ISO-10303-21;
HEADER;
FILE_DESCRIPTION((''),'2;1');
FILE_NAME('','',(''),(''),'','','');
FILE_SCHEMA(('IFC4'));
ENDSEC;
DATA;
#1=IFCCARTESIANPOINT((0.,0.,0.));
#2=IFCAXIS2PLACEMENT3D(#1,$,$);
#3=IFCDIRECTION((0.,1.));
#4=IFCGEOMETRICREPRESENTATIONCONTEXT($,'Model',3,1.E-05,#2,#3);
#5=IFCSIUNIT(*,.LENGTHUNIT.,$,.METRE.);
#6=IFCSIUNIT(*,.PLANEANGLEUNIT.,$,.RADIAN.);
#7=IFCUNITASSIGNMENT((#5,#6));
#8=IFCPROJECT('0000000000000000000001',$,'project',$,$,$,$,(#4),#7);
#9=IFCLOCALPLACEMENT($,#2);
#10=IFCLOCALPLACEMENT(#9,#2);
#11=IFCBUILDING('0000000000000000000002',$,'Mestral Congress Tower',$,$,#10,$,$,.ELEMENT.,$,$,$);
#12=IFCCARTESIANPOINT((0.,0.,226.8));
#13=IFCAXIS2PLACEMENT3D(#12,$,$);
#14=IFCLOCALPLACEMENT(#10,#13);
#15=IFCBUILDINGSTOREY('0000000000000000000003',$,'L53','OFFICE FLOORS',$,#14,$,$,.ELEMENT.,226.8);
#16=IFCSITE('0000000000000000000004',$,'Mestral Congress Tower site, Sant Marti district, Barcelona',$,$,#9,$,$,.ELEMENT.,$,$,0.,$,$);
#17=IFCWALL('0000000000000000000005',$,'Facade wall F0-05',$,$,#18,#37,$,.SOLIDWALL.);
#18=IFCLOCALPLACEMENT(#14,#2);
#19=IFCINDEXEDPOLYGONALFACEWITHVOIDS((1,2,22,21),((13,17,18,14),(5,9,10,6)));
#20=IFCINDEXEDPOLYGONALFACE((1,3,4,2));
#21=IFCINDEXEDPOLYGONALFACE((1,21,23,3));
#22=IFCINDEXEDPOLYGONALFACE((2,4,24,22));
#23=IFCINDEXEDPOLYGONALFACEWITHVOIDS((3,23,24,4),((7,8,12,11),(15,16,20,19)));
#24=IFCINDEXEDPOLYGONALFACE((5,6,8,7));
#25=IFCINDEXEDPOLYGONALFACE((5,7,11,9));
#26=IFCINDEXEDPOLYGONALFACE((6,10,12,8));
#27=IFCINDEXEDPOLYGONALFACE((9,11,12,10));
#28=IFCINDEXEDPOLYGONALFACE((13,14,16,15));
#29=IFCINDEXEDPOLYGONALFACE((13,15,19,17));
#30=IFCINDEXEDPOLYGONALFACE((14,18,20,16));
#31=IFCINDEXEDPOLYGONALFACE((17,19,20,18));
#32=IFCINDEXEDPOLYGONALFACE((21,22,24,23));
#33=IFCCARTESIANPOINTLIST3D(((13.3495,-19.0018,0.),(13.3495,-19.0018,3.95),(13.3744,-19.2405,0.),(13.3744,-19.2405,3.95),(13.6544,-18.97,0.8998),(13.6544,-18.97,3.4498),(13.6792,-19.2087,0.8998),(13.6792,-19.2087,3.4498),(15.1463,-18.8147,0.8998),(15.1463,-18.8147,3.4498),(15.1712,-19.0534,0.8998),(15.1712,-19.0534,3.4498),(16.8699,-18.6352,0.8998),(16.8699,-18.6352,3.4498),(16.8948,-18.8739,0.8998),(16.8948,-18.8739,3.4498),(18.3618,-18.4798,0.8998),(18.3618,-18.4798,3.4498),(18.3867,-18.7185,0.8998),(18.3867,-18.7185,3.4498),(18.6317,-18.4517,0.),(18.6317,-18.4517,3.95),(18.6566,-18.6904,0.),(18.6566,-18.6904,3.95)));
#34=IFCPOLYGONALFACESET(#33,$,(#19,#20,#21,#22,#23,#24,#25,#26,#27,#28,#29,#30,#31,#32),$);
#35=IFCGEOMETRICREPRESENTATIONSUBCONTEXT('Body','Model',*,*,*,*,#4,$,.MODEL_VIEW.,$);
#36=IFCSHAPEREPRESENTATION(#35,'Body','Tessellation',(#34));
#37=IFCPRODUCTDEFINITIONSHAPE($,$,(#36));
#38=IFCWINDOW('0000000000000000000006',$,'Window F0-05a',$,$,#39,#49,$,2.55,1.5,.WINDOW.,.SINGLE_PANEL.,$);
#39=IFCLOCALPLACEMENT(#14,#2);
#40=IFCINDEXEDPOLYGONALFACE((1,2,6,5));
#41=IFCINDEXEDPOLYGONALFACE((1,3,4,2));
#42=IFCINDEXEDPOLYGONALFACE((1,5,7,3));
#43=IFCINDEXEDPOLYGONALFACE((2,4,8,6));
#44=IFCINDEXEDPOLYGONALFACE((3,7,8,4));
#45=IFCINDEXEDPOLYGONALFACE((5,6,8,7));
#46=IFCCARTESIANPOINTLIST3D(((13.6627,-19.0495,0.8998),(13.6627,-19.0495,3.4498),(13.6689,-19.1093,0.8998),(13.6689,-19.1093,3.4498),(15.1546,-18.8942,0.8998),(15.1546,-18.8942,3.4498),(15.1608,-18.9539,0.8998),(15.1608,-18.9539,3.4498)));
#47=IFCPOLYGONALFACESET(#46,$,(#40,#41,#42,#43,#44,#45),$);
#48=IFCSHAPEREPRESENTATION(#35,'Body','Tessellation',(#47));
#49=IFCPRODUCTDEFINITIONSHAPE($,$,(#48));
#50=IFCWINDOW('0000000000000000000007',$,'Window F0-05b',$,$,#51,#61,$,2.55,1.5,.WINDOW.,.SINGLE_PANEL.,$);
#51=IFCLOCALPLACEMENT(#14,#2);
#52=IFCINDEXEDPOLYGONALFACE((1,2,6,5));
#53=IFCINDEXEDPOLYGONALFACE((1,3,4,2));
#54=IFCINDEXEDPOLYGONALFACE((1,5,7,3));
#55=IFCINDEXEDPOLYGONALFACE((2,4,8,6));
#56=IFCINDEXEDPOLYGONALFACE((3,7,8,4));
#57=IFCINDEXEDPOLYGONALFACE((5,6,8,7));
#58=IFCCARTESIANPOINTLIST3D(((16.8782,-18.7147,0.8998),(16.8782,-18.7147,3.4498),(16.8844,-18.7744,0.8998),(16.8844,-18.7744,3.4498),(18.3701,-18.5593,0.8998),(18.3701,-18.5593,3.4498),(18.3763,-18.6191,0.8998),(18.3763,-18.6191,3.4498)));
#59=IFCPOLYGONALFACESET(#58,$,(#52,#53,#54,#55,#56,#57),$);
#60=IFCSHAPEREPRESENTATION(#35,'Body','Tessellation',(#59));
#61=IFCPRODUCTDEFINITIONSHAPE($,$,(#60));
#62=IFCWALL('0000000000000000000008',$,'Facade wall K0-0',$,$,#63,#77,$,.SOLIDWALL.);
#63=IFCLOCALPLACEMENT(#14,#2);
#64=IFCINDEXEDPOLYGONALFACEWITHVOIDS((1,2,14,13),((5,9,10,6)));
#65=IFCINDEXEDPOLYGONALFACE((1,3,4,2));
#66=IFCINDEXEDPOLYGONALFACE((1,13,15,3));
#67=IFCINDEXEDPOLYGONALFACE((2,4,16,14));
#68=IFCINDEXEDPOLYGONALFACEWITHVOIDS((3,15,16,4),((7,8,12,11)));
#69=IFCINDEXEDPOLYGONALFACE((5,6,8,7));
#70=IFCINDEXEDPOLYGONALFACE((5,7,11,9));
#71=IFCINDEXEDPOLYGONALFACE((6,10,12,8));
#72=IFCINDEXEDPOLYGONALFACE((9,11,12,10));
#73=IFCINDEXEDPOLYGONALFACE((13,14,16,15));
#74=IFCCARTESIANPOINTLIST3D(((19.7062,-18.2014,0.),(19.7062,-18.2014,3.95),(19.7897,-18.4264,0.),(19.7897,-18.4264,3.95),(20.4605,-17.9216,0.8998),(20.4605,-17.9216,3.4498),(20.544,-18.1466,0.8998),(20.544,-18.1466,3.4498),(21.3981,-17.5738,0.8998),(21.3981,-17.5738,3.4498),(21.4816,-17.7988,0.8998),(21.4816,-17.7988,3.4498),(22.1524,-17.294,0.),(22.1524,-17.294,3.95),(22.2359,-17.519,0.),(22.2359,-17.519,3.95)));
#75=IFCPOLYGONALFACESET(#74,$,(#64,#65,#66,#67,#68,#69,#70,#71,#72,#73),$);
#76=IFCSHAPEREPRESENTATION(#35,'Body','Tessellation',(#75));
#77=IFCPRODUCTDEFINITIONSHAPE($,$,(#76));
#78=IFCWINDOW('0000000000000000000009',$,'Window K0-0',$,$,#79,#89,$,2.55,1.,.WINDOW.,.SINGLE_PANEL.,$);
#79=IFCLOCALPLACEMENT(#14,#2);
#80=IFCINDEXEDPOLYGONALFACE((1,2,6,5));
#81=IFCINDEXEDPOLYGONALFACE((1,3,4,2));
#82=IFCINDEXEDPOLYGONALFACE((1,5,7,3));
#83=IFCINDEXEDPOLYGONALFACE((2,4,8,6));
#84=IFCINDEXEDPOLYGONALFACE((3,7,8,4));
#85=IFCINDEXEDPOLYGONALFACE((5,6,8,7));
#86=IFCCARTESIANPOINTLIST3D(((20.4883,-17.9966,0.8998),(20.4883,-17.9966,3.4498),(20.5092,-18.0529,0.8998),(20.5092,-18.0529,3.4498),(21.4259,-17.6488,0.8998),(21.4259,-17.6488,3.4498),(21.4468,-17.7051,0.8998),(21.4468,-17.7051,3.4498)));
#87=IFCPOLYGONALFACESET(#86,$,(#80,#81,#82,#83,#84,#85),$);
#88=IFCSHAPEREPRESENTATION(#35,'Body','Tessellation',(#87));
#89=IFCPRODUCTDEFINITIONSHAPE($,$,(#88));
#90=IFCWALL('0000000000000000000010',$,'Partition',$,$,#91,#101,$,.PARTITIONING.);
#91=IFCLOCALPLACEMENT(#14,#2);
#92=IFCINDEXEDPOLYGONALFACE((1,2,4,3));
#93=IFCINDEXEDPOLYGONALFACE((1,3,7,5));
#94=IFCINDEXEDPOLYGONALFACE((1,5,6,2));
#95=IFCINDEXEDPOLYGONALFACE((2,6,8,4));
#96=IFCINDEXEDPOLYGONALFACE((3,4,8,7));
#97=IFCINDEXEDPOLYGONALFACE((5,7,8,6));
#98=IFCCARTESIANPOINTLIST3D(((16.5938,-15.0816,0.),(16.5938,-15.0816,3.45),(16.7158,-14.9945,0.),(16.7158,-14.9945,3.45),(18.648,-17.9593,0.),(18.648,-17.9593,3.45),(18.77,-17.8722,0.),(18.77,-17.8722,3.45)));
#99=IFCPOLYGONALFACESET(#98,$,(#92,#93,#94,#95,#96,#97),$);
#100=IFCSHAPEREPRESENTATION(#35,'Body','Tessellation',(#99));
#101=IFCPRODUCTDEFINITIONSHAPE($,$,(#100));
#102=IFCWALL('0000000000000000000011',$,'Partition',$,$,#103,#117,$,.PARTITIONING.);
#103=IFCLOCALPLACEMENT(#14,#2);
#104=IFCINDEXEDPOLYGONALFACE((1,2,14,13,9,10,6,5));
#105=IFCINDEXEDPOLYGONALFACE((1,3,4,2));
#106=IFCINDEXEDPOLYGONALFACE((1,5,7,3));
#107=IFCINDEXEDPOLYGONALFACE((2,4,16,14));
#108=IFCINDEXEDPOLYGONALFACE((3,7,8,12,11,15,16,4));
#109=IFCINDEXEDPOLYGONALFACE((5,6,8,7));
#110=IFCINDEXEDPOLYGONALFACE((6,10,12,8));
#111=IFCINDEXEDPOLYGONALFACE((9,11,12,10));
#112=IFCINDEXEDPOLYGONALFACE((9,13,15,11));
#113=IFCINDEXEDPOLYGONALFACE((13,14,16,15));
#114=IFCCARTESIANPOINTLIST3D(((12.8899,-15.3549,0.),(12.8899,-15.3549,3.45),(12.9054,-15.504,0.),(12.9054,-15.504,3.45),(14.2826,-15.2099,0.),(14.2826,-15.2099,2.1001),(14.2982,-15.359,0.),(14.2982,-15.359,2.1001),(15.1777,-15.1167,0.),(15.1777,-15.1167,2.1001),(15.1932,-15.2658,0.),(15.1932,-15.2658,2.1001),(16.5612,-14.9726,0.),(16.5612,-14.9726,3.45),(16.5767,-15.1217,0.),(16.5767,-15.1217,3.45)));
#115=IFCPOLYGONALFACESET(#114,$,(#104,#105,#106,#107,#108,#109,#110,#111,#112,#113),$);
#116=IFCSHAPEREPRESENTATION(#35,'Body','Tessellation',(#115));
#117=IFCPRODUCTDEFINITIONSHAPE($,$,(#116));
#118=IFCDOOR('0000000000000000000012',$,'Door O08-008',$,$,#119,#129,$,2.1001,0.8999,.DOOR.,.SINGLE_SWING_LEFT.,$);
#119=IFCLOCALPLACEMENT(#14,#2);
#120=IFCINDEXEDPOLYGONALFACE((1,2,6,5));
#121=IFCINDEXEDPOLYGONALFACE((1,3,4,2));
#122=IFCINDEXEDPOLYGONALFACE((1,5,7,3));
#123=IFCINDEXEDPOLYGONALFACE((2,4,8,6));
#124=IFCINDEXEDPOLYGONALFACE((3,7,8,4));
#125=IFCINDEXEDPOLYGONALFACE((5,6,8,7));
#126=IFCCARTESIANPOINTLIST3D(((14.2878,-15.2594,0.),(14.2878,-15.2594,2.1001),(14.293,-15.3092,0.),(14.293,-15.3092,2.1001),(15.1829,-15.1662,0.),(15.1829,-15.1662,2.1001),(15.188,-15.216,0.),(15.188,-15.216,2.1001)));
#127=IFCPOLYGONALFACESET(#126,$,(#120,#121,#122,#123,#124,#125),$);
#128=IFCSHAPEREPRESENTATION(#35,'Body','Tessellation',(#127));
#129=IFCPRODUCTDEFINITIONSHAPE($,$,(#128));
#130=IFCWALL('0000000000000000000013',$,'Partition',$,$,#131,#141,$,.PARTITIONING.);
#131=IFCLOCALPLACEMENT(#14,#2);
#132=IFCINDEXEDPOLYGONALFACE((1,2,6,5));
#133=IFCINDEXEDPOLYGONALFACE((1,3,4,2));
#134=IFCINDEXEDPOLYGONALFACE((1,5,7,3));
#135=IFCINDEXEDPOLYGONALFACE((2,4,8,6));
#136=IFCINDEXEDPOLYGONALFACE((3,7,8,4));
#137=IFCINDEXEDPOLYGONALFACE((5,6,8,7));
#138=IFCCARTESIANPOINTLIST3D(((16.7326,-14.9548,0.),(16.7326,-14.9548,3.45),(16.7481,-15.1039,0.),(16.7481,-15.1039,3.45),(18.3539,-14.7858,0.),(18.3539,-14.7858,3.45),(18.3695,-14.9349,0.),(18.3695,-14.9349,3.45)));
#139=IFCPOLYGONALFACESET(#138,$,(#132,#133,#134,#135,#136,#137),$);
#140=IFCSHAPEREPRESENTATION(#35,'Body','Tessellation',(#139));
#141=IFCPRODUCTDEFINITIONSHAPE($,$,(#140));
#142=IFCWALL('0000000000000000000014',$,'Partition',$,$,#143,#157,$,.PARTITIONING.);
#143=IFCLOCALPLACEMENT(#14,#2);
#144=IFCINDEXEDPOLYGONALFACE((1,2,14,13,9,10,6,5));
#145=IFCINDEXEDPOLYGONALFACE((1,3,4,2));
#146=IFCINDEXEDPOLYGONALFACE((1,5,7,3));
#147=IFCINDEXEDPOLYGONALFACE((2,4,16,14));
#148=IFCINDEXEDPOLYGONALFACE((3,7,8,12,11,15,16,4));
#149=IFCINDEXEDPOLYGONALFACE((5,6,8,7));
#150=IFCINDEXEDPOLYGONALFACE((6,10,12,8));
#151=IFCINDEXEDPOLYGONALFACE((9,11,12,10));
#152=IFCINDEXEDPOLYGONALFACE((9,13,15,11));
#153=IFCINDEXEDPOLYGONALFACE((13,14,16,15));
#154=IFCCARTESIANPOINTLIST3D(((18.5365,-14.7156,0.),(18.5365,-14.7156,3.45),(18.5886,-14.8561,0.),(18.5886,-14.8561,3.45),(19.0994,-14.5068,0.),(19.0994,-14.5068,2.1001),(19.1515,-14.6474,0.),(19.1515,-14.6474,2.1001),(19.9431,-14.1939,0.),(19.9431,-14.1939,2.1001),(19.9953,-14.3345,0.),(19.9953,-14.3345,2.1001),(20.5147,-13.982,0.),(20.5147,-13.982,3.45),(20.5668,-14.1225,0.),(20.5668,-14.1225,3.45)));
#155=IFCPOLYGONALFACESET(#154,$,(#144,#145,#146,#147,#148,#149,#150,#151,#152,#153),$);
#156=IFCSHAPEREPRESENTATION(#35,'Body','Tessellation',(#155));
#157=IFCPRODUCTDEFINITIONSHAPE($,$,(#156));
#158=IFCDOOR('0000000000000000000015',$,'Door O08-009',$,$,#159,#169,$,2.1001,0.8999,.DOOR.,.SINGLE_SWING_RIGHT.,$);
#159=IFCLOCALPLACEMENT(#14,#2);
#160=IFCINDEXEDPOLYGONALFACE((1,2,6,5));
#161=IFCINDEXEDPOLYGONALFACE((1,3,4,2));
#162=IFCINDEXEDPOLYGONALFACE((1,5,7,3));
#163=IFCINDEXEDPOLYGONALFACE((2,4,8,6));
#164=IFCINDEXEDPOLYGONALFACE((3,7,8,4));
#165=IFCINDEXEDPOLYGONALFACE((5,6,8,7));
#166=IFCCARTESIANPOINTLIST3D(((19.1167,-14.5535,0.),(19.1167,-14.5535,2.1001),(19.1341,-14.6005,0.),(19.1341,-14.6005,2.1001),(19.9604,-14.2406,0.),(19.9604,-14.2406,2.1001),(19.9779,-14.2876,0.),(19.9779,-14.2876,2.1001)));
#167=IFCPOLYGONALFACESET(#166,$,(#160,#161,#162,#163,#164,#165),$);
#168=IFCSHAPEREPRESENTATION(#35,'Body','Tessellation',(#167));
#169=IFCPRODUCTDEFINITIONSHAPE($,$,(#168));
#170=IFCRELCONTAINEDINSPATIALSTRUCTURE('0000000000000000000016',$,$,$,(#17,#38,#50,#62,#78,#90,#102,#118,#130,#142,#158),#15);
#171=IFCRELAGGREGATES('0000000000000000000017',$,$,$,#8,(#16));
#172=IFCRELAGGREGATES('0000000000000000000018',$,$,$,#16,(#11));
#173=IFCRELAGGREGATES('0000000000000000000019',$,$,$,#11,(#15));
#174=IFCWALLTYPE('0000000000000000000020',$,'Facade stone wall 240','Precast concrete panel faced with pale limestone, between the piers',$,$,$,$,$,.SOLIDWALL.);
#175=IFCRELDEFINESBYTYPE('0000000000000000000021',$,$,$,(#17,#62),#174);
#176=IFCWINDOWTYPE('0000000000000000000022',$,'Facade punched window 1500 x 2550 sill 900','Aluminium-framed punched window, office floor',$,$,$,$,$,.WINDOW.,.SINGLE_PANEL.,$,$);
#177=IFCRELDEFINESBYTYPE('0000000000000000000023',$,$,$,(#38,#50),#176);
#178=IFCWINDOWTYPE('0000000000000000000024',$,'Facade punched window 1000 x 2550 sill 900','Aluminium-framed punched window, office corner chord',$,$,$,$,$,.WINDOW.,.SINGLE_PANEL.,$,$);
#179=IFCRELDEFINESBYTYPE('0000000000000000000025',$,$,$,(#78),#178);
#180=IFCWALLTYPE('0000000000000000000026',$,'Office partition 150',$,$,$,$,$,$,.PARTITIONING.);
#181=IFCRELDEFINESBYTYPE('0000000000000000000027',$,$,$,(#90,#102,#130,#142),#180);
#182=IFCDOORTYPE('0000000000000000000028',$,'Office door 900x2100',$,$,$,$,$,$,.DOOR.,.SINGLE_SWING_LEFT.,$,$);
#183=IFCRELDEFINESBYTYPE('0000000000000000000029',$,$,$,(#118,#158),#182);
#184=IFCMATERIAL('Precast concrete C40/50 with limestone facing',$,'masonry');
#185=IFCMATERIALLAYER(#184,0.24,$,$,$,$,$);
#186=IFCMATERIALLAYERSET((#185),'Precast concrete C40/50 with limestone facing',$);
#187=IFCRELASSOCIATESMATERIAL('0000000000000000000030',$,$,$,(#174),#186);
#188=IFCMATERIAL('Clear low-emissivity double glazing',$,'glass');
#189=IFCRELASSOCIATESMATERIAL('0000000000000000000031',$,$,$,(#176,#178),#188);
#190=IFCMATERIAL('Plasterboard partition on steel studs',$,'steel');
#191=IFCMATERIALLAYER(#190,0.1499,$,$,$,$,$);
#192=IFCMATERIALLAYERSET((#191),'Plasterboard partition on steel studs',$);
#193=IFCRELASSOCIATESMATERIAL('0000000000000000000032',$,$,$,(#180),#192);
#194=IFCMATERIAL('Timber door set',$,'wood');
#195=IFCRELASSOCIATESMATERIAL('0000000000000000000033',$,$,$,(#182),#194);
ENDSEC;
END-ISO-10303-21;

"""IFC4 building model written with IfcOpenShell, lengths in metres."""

from ifc_helpers import new_model, si_unit, direction, frame, frame_2d, origin, place, context, subcontext, project, spatial, rectangle, extrude, material, layer, layer_set, type_object, element, fill, save


model = new_model("IFC4")

# Units and contexts
model_context = context("Model", 3, precision=1e-05, world=origin(), true_north=direction((0.0, 1.0)))
body_context = subcontext(model_context, "Body", "Model", "MODEL_VIEW")
ifc_project = project(units=[si_unit("LENGTHUNIT", "METRE"), si_unit("PLANEANGLEUNIT", "RADIAN")], contexts=[model_context])

# Site, building, storey
site_placement = place(None, origin())
site = spatial("IfcSite", under=ifc_project, at=site_placement, Name="Mestral Congress Tower site, Sant Marti district, Barcelona", CompositionType="ELEMENT", RefElevation=0.0)
building_placement = place(site_placement, origin())
building = spatial("IfcBuilding", under=site, at=building_placement, Name="Mestral Congress Tower", CompositionType="ELEMENT")
storey_placement = place(building_placement, frame((0.0, 0.0, 226.8)))
storey = spatial("IfcBuildingStorey", under=building, at=storey_placement, Name="L53", Description="OFFICE FLOORS", CompositionType="ELEMENT", Elevation=226.8)

# Wall, openings, windows
ifc_material_1 = material(Name="Precast concrete C40/50 with limestone facing", Category="masonry")
ifc_layer_1 = layer(ifc_material_1, 0.24)
ifc_layer_set_1 = layer_set([ifc_layer_1], Name="Precast concrete C40/50 with limestone facing")
wall_type_1 = type_object("IfcWallType", Name="Facade stone wall 240", Description="Precast concrete panel faced with pale limestone, between the piers", PredefinedType="SOLIDWALL", material=ifc_layer_set_1)
wall_1_placement = place(storey_placement, frame((13.3621, -19.1211, 0.0), z_axis=(0.0, 0.0, 1.0), x_axis=(0.994622, 0.103572, 0.0)))
wall_1 = element("IfcWall", 1, at=wall_1_placement, inside=storey, type_object=wall_type_1, Name="Facade wall F0-05", PredefinedType="SOLIDWALL", context=body_context, shape_type="SweptSolid", body=[
    extrude(rectangle(XDim=5.3108, YDim=0.24, at=frame_2d((2.6553, 0.0))), origin(), (0.0, 0.0, 1.0), 3.95),
])
opening_1_placement = place(wall_1_placement, frame((0.3064, 0.0, 0.8999)))
opening_1 = element("IfcOpeningElement", 2, at=opening_1_placement, cuts=wall_1, PredefinedType="OPENING", context=body_context, shape_type="SweptSolid", body=[
    extrude(rectangle(XDim=1.5, YDim=2.55, at=frame_2d((0.75, 1.2749))), frame((0.0, 0.1299, 0.0), z_axis=(0.0, -1.0, 0.0), x_axis=(1.0, 0.0, 0.0)), (0.0, 0.0, 1.0), 0.26),
])
opening_2_placement = place(wall_1_placement, frame((3.5393, 0.0, 0.8999)))
opening_2 = element("IfcOpeningElement", 3, at=opening_2_placement, cuts=wall_1, PredefinedType="OPENING", context=body_context, shape_type="SweptSolid", body=[
    extrude(rectangle(XDim=1.5, YDim=2.55, at=frame_2d((0.75, 1.2749))), frame((0.0, 0.1299, 0.0), z_axis=(0.0, -1.0, 0.0), x_axis=(1.0, 0.0, 0.0)), (0.0, 0.0, 1.0), 0.26),
])
ifc_material_2 = material(Name="Clear low-emissivity double glazing", Category="glass")
window_type_1 = type_object("IfcWindowType", Name="Facade punched window 1500 x 2550 sill 900", Description="Aluminium-framed punched window, office floor", PartitioningType="SINGLE_PANEL", PredefinedType="WINDOW", material=ifc_material_2)
window_1_placement = place(opening_1_placement, origin())
window_1 = element("IfcWindow", 4, at=window_1_placement, inside=storey, type_object=window_type_1, Name="Window F0-05a", OverallHeight=2.55, OverallWidth=1.5, PartitioningType="SINGLE_PANEL", PredefinedType="WINDOW", context=body_context, shape_type="SweptSolid", body=[
    extrude(rectangle(XDim=1.5, YDim=2.55, at=frame_2d((0.75, 1.2749))), frame((0.0, 0.04, 0.0), z_axis=(0.0, -1.0, 0.0), x_axis=(1.0, 0.0, 0.0)), (0.0, 0.0, 1.0), 0.0601),
])
fill(opening_1, window_1)
window_2_placement = place(opening_2_placement, origin())
window_2 = element("IfcWindow", 5, at=window_2_placement, inside=storey, type_object=window_type_1, Name="Window F0-05b", OverallHeight=2.55, OverallWidth=1.5, PartitioningType="SINGLE_PANEL", PredefinedType="WINDOW", context=body_context, shape_type="SweptSolid", body=[
    extrude(rectangle(XDim=1.5, YDim=2.55, at=frame_2d((0.75, 1.2749))), frame((0.0, 0.04, 0.0), z_axis=(0.0, -1.0, 0.0), x_axis=(1.0, 0.0, 0.0)), (0.0, 0.0, 1.0), 0.0601),
])
fill(opening_2, window_2)

# Wall, opening, window
wall_2_placement = place(storey_placement, frame((19.7478, -18.314, 0.0), z_axis=(0.0, 0.0, 1.0), x_axis=(0.937569, 0.347799, 0.0)))
wall_2 = element("IfcWall", 6, at=wall_2_placement, inside=storey, type_object=wall_type_1, Name="Facade wall K0-0", PredefinedType="SOLIDWALL", context=body_context, shape_type="SweptSolid", body=[
    extrude(rectangle(XDim=2.6091, YDim=0.24, at=frame_2d((1.3047, 0.0))), origin(), (0.0, 0.0, 1.0), 3.95),
])
opening_3_placement = place(wall_2_placement, frame((0.8047, 0.0, 0.8999)))
opening_3 = element("IfcOpeningElement", 7, at=opening_3_placement, cuts=wall_2, PredefinedType="OPENING", context=body_context, shape_type="SweptSolid", body=[
    extrude(rectangle(XDim=1.0, YDim=2.55, at=frame_2d((0.5, 1.2749))), frame((0.0, 0.1299, 0.0), z_axis=(0.0, -1.0, 0.0), x_axis=(1.0, 0.0, 0.0)), (0.0, 0.0, 1.0), 0.26),
])
window_type_2 = type_object("IfcWindowType", Name="Facade punched window 1000 x 2550 sill 900", Description="Aluminium-framed punched window, office corner chord", PartitioningType="SINGLE_PANEL", PredefinedType="WINDOW", material=ifc_material_2)
window_3_placement = place(opening_3_placement, origin())
window_3 = element("IfcWindow", 8, at=window_3_placement, inside=storey, type_object=window_type_2, Name="Window K0-0", OverallHeight=2.55, OverallWidth=1.0, PartitioningType="SINGLE_PANEL", PredefinedType="WINDOW", context=body_context, shape_type="SweptSolid", body=[
    extrude(rectangle(XDim=1.0, YDim=2.55, at=frame_2d((0.5, 1.2749))), frame((0.0, 0.04, 0.0), z_axis=(0.0, -1.0, 0.0), x_axis=(1.0, 0.0, 0.0)), (0.0, 0.0, 1.0), 0.0601),
])
fill(opening_3, window_3)

# Wall
ifc_material_3 = material(Name="Plasterboard partition on steel studs", Category="steel")
ifc_layer_2 = layer(ifc_material_3, 0.1499)
ifc_layer_set_2 = layer_set([ifc_layer_2], Name="Plasterboard partition on steel studs")
wall_type_2 = type_object("IfcWallType", Name="Office partition 150", PredefinedType="PARTITIONING", material=ifc_layer_set_2)
wall_3_placement = place(storey_placement, frame((16.6548, -15.0381, 0.0), z_axis=(0.0, 0.0, 1.0), x_axis=(0.580996, -0.813906, 0.0)))
element("IfcWall", 9, at=wall_3_placement, inside=storey, type_object=wall_type_2, Name="Partition", PredefinedType="PARTITIONING", context=body_context, shape_type="SweptSolid", body=[
    extrude(rectangle(XDim=3.5356, YDim=0.1499, at=frame_2d((1.7678, 0.0))), origin(), (0.0, 0.0, 1.0), 3.45),
])

# Wall, opening, door
wall_4_placement = place(storey_placement, frame((16.5691, -15.0471, 0.0), z_axis=(0.0, 0.0, 1.0), x_axis=(-0.994622, -0.103576, 0.0)))
wall_4 = element("IfcWall", 10, at=wall_4_placement, inside=storey, type_object=wall_type_2, Name="Partition", PredefinedType="PARTITIONING", context=body_context, shape_type="SweptSolid", body=[
    extrude(rectangle(XDim=3.6912, YDim=0.1499, at=frame_2d((1.8457, 0.0))), origin(), (0.0, 0.0, 1.0), 3.45),
])
opening_4_placement = place(wall_4_placement, frame((1.3911, 0.0, 0.0)))
opening_4 = element("IfcOpeningElement", 11, at=opening_4_placement, cuts=wall_4, PredefinedType="OPENING", context=body_context, shape_type="SweptSolid", body=[
    extrude(rectangle(XDim=0.8999, YDim=2.1001, at=frame_2d((0.45, 1.05))), frame((0.0, 0.085, 0.0), z_axis=(0.0, -1.0, 0.0), x_axis=(1.0, 0.0, 0.0)), (0.0, 0.0, 1.0), 0.1699),
])
ifc_material_4 = material(Name="Timber door set", Category="wood")
door_type = type_object("IfcDoorType", Name="Office door 900x2100", OperationType="SINGLE_SWING_LEFT", PredefinedType="DOOR", material=ifc_material_4)
door_1_placement = place(opening_4_placement, origin())
door_1 = element("IfcDoor", 12, at=door_1_placement, inside=storey, type_object=door_type, Name="Door O08-008", OperationType="SINGLE_SWING_LEFT", OverallHeight=2.1001, OverallWidth=0.8999, PredefinedType="DOOR", context=body_context, shape_type="SweptSolid", body=[
    extrude(rectangle(XDim=0.8999, YDim=2.1001, at=frame_2d((0.45, 1.05))), frame((0.0, 0.0249, 0.0), z_axis=(0.0, -1.0, 0.0), x_axis=(1.0, 0.0, 0.0)), (0.0, 0.0, 1.0), 0.05),
])
fill(opening_4, door_1)

# Wall
wall_5_placement = place(storey_placement, frame((16.7405, -15.0293, 0.0), z_axis=(0.0, 0.0, 1.0), x_axis=(0.994615, 0.10364, 0.0)))
element("IfcWall", 13, at=wall_5_placement, inside=storey, type_object=wall_type_2, Name="Partition", PredefinedType="PARTITIONING", context=body_context, shape_type="SweptSolid", body=[
    extrude(rectangle(XDim=1.6301, YDim=0.1499, at=frame_2d((0.8149, 0.0))), origin(), (0.0, 0.0, 1.0), 3.45),
])

# Wall, opening, door
wall_6_placement = place(storey_placement, frame((20.5408, -14.0522, 0.0), z_axis=(0.0, 0.0, 1.0), x_axis=(-0.937602, -0.34771, 0.0)))
wall_6 = element("IfcWall", 14, at=wall_6_placement, inside=storey, type_object=wall_type_2, Name="Partition", PredefinedType="PARTITIONING", context=body_context, shape_type="SweptSolid", body=[
    extrude(rectangle(XDim=2.1099, YDim=0.1499, at=frame_2d((1.0549, 0.0))), origin(), (0.0, 0.0, 1.0), 3.45),
])
opening_5_placement = place(wall_6_placement, frame((0.6096, 0.0, 0.0)))
opening_5 = element("IfcOpeningElement", 15, at=opening_5_placement, cuts=wall_6, PredefinedType="OPENING", context=body_context, shape_type="SweptSolid", body=[
    extrude(rectangle(XDim=0.8999, YDim=2.1001, at=frame_2d((0.45, 1.05))), frame((0.0, 0.085, 0.0), z_axis=(0.0, -1.0, 0.0), x_axis=(1.0, 0.0, 0.0)), (0.0, 0.0, 1.0), 0.1699),
])
door_2_placement = place(opening_5_placement, origin())
door_2 = element("IfcDoor", 16, at=door_2_placement, inside=storey, type_object=door_type, Name="Door O08-009", OperationType="SINGLE_SWING_RIGHT", OverallHeight=2.1001, OverallWidth=0.8999, PredefinedType="DOOR", context=body_context, shape_type="SweptSolid", body=[
    extrude(rectangle(XDim=0.8999, YDim=2.1001, at=frame_2d((0.45, 1.05))), frame((0.0, 0.0249, 0.0), z_axis=(0.0, -1.0, 0.0), x_axis=(1.0, 0.0, 0.0)), (0.0, 0.0, 1.0), 0.05),
])
fill(opening_5, door_2)

save(model, "model.ifc")
